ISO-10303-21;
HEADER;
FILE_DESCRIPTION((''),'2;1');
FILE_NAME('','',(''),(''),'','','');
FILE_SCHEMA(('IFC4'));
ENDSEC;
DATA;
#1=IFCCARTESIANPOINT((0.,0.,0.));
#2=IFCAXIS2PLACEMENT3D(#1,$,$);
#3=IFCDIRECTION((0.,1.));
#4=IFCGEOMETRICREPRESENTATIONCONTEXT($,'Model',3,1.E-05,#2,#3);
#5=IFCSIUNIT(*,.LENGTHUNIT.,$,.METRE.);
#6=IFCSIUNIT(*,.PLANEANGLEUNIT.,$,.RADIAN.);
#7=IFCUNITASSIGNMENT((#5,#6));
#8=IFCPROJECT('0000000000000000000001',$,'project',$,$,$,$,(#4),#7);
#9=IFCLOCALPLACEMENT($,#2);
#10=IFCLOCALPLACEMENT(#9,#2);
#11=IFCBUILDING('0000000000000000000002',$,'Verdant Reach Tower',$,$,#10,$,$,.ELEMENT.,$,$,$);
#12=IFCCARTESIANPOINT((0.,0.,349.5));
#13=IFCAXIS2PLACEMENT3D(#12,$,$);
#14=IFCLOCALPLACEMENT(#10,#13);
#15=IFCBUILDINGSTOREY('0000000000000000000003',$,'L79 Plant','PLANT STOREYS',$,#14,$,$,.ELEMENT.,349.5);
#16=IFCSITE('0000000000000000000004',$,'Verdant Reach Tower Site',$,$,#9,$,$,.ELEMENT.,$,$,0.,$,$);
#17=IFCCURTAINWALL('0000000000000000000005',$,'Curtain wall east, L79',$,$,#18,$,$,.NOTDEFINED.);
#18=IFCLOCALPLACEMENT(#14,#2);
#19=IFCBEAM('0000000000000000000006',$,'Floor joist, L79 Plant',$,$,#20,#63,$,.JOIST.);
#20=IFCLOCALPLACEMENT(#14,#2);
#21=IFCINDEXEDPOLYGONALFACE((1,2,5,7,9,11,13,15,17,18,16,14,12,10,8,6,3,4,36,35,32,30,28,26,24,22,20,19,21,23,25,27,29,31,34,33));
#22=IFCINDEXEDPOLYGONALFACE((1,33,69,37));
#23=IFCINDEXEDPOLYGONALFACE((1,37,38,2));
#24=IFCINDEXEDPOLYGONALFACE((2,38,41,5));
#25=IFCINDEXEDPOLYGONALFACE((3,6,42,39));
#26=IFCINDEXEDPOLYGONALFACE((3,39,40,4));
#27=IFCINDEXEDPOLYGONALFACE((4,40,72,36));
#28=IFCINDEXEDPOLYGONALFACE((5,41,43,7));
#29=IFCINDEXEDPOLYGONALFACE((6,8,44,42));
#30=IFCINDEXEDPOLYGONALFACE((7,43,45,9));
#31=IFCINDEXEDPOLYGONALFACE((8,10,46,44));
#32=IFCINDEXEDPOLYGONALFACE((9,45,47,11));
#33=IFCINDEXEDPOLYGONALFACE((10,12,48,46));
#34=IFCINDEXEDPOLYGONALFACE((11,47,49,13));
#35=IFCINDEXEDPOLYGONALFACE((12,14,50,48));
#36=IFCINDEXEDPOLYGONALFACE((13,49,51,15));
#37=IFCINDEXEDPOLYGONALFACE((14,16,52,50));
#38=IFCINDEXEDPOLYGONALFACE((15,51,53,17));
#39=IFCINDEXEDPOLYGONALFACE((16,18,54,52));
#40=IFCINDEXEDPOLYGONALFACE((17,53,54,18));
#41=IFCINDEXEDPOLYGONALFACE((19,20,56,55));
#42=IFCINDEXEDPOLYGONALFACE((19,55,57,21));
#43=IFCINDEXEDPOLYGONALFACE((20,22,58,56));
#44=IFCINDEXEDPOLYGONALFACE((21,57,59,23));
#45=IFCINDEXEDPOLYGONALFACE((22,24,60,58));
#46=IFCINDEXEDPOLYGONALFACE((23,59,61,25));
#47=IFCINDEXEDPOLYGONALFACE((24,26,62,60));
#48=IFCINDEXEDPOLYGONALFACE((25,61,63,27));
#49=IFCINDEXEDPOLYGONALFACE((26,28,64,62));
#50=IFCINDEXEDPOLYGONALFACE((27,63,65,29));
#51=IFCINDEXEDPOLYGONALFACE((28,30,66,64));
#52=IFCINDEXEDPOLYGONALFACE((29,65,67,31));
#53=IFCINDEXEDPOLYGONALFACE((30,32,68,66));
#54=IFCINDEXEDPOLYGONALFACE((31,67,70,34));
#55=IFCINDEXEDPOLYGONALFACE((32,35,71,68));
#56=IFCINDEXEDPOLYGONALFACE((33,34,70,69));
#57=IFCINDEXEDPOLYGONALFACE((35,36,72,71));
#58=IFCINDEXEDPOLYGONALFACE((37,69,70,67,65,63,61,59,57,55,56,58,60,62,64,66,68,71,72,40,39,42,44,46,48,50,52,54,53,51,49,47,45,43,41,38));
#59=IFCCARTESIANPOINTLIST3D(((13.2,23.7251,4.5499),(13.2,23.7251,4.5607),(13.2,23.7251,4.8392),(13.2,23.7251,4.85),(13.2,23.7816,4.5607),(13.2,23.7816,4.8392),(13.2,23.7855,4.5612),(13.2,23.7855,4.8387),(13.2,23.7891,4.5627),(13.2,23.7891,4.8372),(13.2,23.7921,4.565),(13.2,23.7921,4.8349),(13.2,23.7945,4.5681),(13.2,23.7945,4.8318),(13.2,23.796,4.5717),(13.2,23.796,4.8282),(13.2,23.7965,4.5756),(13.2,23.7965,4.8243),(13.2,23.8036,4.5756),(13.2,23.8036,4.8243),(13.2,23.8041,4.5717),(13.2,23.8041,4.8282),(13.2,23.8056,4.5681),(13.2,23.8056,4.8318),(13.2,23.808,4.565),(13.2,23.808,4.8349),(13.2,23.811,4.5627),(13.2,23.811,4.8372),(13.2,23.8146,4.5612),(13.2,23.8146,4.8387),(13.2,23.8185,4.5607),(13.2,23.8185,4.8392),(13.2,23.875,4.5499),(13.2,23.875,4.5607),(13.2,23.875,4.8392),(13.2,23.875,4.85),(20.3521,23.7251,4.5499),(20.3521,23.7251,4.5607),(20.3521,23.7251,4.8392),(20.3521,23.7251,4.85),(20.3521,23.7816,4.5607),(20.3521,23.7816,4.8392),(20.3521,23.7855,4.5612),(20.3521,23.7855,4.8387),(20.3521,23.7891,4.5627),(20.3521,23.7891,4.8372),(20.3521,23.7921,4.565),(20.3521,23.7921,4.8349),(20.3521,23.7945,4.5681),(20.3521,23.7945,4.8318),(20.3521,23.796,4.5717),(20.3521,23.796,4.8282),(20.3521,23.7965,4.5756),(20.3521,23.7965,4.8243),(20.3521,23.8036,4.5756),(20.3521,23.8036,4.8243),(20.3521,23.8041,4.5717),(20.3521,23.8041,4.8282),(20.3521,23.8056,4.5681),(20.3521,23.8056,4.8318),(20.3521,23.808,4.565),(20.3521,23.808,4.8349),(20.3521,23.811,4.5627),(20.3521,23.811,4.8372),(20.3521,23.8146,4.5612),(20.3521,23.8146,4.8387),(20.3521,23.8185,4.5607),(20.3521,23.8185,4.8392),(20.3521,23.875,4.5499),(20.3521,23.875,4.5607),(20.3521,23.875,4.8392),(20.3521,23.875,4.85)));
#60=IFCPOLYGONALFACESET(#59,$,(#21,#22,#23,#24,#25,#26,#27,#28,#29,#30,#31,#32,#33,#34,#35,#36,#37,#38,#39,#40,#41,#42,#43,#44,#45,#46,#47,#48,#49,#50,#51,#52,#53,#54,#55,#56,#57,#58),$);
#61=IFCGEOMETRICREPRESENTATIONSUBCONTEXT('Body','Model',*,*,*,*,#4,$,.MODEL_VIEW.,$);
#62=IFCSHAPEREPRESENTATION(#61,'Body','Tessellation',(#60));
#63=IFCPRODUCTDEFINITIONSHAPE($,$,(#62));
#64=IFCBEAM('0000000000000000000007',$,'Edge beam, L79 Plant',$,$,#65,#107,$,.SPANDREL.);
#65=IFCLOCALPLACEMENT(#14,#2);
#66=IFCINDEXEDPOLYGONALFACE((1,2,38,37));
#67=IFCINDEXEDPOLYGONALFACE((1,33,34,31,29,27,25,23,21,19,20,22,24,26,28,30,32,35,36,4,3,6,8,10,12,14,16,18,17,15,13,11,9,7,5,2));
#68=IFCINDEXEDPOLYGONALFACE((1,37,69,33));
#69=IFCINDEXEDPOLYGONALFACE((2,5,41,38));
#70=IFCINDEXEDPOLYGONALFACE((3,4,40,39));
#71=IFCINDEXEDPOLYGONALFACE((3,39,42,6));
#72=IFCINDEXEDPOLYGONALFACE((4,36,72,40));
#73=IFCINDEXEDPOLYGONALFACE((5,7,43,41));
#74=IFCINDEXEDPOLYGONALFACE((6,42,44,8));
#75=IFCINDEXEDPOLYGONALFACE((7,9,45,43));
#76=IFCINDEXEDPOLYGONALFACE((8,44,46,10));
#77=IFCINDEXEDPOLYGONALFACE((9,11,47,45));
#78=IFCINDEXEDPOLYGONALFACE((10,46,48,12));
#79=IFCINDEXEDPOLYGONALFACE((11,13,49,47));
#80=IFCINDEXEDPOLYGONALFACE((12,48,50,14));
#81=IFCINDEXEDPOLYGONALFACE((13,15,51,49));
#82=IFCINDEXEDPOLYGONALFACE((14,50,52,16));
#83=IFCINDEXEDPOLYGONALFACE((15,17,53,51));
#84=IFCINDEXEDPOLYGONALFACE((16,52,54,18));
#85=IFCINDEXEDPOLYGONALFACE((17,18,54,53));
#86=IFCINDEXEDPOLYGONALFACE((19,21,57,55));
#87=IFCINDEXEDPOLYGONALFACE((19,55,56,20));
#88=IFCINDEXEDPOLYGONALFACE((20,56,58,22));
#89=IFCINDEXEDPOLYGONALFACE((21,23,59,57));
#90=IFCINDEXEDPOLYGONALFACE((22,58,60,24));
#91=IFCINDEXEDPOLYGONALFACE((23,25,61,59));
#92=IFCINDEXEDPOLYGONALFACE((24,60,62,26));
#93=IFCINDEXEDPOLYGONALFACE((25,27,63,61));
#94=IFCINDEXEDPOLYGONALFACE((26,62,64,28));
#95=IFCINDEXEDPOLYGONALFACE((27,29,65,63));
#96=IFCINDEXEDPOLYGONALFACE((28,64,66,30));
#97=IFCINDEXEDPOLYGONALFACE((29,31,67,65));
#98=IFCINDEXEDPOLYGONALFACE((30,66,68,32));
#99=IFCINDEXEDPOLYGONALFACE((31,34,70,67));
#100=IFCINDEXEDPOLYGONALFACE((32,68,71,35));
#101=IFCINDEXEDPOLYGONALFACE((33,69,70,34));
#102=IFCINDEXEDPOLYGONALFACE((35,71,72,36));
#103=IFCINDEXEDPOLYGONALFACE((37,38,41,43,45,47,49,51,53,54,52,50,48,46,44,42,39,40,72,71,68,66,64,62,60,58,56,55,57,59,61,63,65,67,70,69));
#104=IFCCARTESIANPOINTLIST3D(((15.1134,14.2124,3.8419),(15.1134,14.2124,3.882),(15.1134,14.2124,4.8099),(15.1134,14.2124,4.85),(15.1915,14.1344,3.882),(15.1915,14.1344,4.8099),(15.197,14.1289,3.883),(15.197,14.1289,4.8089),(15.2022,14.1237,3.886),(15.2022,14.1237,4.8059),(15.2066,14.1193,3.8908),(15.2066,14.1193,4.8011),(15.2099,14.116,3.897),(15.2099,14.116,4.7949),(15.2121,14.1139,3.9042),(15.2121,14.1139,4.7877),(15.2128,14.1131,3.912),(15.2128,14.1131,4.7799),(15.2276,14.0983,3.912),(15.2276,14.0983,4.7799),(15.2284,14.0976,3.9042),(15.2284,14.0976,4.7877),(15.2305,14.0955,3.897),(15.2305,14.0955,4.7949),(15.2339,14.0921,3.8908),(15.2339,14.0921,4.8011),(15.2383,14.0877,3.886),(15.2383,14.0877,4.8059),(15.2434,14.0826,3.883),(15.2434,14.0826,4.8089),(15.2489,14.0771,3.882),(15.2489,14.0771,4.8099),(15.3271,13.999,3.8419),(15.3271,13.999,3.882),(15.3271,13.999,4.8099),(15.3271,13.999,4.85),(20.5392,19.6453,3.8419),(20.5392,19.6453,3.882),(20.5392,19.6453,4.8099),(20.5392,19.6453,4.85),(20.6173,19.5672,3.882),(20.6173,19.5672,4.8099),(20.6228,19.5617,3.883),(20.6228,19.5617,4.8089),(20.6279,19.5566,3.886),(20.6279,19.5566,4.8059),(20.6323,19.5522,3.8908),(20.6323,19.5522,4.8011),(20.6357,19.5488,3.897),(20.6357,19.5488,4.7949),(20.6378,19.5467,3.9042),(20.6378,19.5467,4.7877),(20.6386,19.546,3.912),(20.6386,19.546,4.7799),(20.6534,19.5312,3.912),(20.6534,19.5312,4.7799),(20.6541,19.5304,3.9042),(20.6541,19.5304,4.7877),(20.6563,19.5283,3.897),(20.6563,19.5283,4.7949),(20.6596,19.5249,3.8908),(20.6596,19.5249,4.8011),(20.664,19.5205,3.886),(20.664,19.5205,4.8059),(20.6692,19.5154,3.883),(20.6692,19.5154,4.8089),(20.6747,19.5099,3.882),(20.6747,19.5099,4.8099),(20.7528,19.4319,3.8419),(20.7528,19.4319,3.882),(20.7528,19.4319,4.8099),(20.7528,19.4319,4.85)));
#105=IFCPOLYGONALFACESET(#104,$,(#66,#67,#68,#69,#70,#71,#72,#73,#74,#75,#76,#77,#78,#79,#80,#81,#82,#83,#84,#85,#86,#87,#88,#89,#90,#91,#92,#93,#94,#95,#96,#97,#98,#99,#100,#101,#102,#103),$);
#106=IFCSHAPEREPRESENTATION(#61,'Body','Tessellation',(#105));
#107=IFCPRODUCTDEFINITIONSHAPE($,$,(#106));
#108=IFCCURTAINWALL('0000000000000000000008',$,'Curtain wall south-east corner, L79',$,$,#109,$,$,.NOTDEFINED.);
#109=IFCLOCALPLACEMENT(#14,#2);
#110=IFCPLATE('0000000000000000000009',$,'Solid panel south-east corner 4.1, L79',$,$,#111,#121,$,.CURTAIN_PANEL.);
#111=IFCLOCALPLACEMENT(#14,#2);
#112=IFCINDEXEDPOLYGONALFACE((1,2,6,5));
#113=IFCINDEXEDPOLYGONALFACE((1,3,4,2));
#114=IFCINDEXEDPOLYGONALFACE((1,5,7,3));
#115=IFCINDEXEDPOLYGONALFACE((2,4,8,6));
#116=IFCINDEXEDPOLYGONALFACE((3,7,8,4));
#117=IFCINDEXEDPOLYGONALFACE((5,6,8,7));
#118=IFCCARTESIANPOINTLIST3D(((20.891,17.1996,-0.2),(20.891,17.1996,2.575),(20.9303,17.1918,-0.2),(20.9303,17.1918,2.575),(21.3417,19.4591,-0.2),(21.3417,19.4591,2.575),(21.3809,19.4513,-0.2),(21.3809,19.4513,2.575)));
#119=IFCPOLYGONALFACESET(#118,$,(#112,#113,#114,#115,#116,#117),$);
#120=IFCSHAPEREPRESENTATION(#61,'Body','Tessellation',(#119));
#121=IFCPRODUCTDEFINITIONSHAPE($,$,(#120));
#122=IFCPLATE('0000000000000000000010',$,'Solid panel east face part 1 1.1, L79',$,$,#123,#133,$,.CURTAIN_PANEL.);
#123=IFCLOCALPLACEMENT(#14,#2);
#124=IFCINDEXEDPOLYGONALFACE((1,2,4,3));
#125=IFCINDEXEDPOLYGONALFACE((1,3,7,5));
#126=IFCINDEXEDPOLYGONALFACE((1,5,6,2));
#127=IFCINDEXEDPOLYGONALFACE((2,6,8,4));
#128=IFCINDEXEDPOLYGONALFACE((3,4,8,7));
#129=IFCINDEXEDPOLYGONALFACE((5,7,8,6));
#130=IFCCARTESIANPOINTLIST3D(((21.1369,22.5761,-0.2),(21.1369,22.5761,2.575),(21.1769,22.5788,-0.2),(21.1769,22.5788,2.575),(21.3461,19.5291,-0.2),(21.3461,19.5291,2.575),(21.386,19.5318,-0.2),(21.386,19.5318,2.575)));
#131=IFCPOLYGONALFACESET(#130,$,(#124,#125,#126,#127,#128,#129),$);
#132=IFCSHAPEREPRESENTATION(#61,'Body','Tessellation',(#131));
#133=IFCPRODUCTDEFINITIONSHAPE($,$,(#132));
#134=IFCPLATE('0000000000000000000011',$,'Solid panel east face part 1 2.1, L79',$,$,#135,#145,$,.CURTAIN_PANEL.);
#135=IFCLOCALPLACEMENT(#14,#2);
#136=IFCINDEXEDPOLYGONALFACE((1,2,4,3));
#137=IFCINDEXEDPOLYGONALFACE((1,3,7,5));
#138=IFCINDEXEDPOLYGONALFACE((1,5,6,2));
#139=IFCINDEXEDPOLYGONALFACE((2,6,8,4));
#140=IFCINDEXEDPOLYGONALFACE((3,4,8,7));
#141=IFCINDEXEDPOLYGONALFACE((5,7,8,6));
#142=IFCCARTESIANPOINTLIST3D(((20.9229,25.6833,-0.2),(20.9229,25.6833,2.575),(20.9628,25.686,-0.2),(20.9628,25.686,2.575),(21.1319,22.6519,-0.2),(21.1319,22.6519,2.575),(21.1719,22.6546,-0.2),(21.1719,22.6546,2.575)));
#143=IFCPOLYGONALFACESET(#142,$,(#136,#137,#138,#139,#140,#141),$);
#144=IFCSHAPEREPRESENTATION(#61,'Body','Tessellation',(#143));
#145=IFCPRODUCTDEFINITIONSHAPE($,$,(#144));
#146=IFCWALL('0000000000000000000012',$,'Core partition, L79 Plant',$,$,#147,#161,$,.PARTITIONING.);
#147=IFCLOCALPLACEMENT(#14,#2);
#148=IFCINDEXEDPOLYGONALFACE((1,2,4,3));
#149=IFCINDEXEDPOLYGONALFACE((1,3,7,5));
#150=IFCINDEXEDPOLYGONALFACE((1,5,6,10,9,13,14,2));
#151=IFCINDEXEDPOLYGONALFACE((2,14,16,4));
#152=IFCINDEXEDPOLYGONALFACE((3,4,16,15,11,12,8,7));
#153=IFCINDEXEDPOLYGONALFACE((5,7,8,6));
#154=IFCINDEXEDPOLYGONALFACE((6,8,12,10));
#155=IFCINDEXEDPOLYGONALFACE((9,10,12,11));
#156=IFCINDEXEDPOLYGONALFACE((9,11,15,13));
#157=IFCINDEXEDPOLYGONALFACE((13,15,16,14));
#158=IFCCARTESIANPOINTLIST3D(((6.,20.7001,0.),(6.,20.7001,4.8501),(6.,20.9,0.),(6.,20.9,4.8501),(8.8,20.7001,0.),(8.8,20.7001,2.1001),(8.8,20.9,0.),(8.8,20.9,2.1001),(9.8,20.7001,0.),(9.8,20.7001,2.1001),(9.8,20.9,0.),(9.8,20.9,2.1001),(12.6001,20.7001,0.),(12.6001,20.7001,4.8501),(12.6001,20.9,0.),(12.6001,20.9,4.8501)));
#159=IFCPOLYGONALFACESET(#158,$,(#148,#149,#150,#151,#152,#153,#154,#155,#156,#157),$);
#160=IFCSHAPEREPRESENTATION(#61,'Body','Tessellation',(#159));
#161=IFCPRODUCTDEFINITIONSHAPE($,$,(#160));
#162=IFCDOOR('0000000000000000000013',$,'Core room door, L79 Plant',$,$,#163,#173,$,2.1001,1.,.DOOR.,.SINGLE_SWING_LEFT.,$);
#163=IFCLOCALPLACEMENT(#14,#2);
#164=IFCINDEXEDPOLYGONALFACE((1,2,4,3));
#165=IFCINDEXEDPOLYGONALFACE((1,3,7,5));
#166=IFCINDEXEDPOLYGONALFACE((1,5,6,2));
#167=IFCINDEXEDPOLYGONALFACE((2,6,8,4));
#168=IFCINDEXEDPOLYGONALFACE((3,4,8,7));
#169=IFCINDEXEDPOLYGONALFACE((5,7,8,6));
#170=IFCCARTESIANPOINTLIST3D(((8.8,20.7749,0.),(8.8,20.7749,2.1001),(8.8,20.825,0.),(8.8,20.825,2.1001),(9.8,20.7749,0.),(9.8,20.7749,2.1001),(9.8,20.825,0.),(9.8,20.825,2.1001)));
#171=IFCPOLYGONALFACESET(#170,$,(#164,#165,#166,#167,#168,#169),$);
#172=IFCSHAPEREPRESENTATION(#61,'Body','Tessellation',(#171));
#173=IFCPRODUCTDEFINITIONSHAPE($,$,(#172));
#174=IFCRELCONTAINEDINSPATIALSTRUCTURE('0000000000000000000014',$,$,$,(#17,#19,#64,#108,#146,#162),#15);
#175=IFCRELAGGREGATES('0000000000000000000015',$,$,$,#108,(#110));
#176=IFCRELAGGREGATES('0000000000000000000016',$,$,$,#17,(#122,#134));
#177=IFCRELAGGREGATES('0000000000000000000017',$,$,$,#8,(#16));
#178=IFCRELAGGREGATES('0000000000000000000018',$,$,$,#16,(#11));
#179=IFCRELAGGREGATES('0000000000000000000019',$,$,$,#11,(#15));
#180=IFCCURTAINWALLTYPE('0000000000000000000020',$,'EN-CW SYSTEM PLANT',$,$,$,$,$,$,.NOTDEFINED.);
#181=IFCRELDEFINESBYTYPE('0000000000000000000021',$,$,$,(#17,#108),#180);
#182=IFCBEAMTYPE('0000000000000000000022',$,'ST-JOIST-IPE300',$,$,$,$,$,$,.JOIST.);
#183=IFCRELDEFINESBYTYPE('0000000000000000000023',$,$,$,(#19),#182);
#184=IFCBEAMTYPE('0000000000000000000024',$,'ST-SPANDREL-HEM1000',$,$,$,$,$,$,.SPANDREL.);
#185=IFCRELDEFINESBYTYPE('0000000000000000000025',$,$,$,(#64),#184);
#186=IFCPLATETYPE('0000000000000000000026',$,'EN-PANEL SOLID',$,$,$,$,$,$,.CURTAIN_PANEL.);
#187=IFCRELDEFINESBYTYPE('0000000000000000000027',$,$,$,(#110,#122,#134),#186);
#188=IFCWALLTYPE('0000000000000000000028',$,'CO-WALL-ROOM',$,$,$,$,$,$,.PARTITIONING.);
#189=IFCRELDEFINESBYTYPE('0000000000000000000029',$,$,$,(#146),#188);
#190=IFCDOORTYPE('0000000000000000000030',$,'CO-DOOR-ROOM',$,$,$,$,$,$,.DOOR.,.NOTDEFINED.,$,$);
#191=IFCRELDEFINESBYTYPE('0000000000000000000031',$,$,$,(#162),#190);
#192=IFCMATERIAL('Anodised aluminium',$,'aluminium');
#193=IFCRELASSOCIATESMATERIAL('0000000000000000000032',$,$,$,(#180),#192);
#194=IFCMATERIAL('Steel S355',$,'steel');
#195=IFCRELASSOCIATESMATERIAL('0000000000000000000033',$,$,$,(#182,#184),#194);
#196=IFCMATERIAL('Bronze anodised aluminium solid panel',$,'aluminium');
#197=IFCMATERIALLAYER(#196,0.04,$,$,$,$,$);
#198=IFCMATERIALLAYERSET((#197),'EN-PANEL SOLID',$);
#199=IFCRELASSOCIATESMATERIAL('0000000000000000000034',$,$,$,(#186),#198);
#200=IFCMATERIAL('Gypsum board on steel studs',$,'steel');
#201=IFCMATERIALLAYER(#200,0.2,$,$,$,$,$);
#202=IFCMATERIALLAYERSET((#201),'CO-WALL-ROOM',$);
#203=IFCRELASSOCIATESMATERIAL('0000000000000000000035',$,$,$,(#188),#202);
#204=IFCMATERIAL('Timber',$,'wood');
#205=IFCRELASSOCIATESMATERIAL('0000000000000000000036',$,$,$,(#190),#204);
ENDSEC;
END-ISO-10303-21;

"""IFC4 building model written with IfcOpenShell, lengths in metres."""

from ifc_helpers import new_model, si_unit, direction, frame, frame_2d, origin, origin_2d, place, context, subcontext, project, spatial, rectangle, i_section, extrude, material, layer, layer_set, material_profile, profile_set, type_object, element, fill, aggregate, save


model = new_model("IFC4")

# Units and contexts
model_context = context("Model", 3, precision=1e-05, world=origin(), true_north=direction((0.0, 1.0)))
body_context = subcontext(model_context, "Body", "Model", "MODEL_VIEW")
ifc_project = project(units=[si_unit("LENGTHUNIT", "METRE"), si_unit("PLANEANGLEUNIT", "RADIAN")], contexts=[model_context])

# Site, building, storey
site_placement = place(None, origin())
site = spatial("IfcSite", under=ifc_project, at=site_placement, Name="Verdant Reach Tower Site", CompositionType="ELEMENT", RefElevation=0.0)
building_placement = place(site_placement, origin())
building = spatial("IfcBuilding", under=site, at=building_placement, Name="Verdant Reach Tower", CompositionType="ELEMENT")
storey_placement = place(building_placement, frame((0.0, 0.0, 349.5)))
storey = spatial("IfcBuildingStorey", under=building, at=storey_placement, Name="L79 Plant", Description="PLANT STOREYS", CompositionType="ELEMENT", Elevation=349.5)

# Curtain wall
ifc_material_1 = material(Name="Anodised aluminium", Category="aluminium")
curtain_wall_type = type_object("IfcCurtainWallType", Name="EN-CW SYSTEM PLANT", PredefinedType="NOTDEFINED", material=ifc_material_1)
curtain_wall_1_placement = place(storey_placement, origin())
curtain_wall_1 = element("IfcCurtainWall", 1, at=curtain_wall_1_placement, inside=storey, type_object=curtain_wall_type, Name="Curtain wall east, L79", PredefinedType="NOTDEFINED")

# Beams
ifc_material_2 = material(Name="Steel S355", Category="steel")
ifc_material_profile_1 = material_profile(ifc_material_2, i_section(OverallWidth=0.1499, OverallDepth=0.3, WebThickness=0.0071, FlangeThickness=0.0107, FilletRadius=0.0149, at=origin_2d()), Name="IPE 300")
ifc_profile_set_1 = profile_set([ifc_material_profile_1], Name="Steel S355")
beam_type_1 = type_object("IfcBeamType", Name="ST-JOIST-IPE300", PredefinedType="JOIST", material=ifc_profile_set_1)
beam_1_placement = place(storey_placement, frame((13.2, 23.8, 4.7), z_axis=(1.0, 0.0, 0.0), x_axis=(0.0, 1.0, 0.0)))
element("IfcBeam", 2, at=beam_1_placement, inside=storey, type_object=beam_type_1, Name="Floor joist, L79 Plant", PredefinedType="JOIST", context=body_context, shape_type="SweptSolid", body=[
    extrude(i_section(OverallWidth=0.1499, OverallDepth=0.3, WebThickness=0.0071, FlangeThickness=0.0107, FilletRadius=0.0149, at=origin_2d()), origin(), (0.0, 0.0, 1.0), 7.1521),
])
ifc_material_profile_2 = material_profile(ifc_material_2, i_section(OverallWidth=0.302, OverallDepth=1.0081, WebThickness=0.021, FlangeThickness=0.04, FilletRadius=0.03, at=origin_2d()), Name="HEM 1000")
ifc_profile_set_2 = profile_set([ifc_material_profile_2], Name="Steel S355")
beam_type_2 = type_object("IfcBeamType", Name="ST-SPANDREL-HEM1000", PredefinedType="SPANDREL", material=ifc_profile_set_2)
beam_2_placement = place(storey_placement, frame((20.646, 19.5386, 4.3459), z_axis=(-0.706646, -0.707568, 0.0), x_axis=(0.707568, -0.706646, 0.0)))
element("IfcBeam", 3, at=beam_2_placement, inside=storey, type_object=beam_type_2, Name="Edge beam, L79 Plant", PredefinedType="SPANDREL", context=body_context, shape_type="SweptSolid", body=[
    extrude(i_section(OverallWidth=0.302, OverallDepth=1.0081, WebThickness=0.021, FlangeThickness=0.04, FilletRadius=0.03, at=origin_2d()), origin(), (0.0, 0.0, 1.0), 7.6782),
])

# Curtain wall, plate
curtain_wall_2_placement = place(storey_placement, origin())
curtain_wall_2 = element("IfcCurtainWall", 4, at=curtain_wall_2_placement, inside=storey, type_object=curtain_wall_type, Name="Curtain wall south-east corner, L79", PredefinedType="NOTDEFINED")
ifc_material_3 = material(Name="Bronze anodised aluminium solid panel", Category="aluminium")
ifc_layer_1 = layer(ifc_material_3, 0.04)
ifc_layer_set_1 = layer_set([ifc_layer_1], Name="EN-PANEL SOLID")
plate_type = type_object("IfcPlateType", Name="EN-PANEL SOLID", PredefinedType="CURTAIN_PANEL", material=ifc_layer_set_1)
plate_1_placement = place(storey_placement, frame((21.136, 18.3254, -0.2), z_axis=(0.0, 0.0, 1.0), x_axis=(0.195593, 0.980685, 0.0)))
plate_1 = element("IfcPlate", 5, at=plate_1_placement, type_object=plate_type, Name="Solid panel south-east corner 4.1, L79", PredefinedType="CURTAIN_PANEL", context=body_context, shape_type="SweptSolid", body=[
    extrude(rectangle(XDim=2.304, YDim=0.04, at=origin_2d()), origin(), (0.0, 0.0, 1.0), 2.7749),
])

# Plates
plate_2_placement = place(storey_placement, frame((21.2615, 21.054, -0.2), z_axis=(0.0, 0.0, 1.0), x_axis=(-0.068469, 0.997653, 0.0)))
plate_2 = element("IfcPlate", 6, at=plate_2_placement, type_object=plate_type, Name="Solid panel east face part 1 1.1, L79", PredefinedType="CURTAIN_PANEL", context=body_context, shape_type="SweptSolid", body=[
    extrude(rectangle(XDim=3.0542, YDim=0.04, at=origin_2d()), origin(), (0.0, 0.0, 1.0), 2.7749),
])
plate_3_placement = place(storey_placement, frame((21.0474, 24.1689, -0.2), z_axis=(0.0, 0.0, 1.0), x_axis=(-0.068802, 0.99763, 0.0)))
plate_3 = element("IfcPlate", 7, at=plate_3_placement, type_object=plate_type, Name="Solid panel east face part 1 2.1, L79", PredefinedType="CURTAIN_PANEL", context=body_context, shape_type="SweptSolid", body=[
    extrude(rectangle(XDim=3.0386, YDim=0.04, at=origin_2d()), origin(), (0.0, 0.0, 1.0), 2.7749),
])

# Wall, opening, door
ifc_material_4 = material(Name="Gypsum board on steel studs", Category="steel")
ifc_layer_2 = layer(ifc_material_4, 0.2)
ifc_layer_set_2 = layer_set([ifc_layer_2], Name="CO-WALL-ROOM")
wall_type_1 = type_object("IfcWallType", Name="CO-WALL-ROOM", PredefinedType="PARTITIONING", material=ifc_layer_set_2)
wall_1_placement = place(storey_placement, frame((6.0, 20.8, 0.0), z_axis=(0.0, 0.0, 1.0), x_axis=(1.0, 0.0, 0.0)))
wall_1 = element("IfcWall", 8, at=wall_1_placement, inside=storey, type_object=wall_type_1, Name="Core partition, L79 Plant", PredefinedType="PARTITIONING", context=body_context, shape_type="SweptSolid", body=[
    extrude(rectangle(XDim=6.6001, YDim=0.2, at=frame_2d((3.3, 0.0))), origin(), (0.0, 0.0, 1.0), 4.8501),
])
opening_1_placement = place(wall_1_placement, frame((2.8, 0.0, 0.0)))
opening_1 = element("IfcOpeningElement", 9, at=opening_1_placement, cuts=wall_1, PredefinedType="OPENING", context=body_context, shape_type="SweptSolid", body=[
    extrude(rectangle(XDim=1.0, YDim=2.1001, at=frame_2d((0.5, 1.05))), frame((0.0, 0.1099, 0.0), z_axis=(0.0, -1.0, 0.0), x_axis=(1.0, 0.0, 0.0)), (0.0, 0.0, 1.0), 0.22),
])
ifc_material_5 = material(Name="Timber", Category="wood")
door_type_1 = type_object("IfcDoorType", Name="CO-DOOR-ROOM", OperationType="NOTDEFINED", PredefinedType="DOOR", material=ifc_material_5)
door_1_placement = place(opening_1_placement, origin())
door_1 = element("IfcDoor", 10, at=door_1_placement, inside=storey, type_object=door_type_1, Name="Core room door, L79 Plant", OperationType="SINGLE_SWING_LEFT", OverallHeight=2.1001, OverallWidth=1.0, PredefinedType="DOOR", context=body_context, shape_type="SweptSolid", body=[
    extrude(rectangle(XDim=1.0, YDim=2.1001, at=frame_2d((0.5, 1.05))), frame((0.0, 0.0249, 0.0), z_axis=(0.0, -1.0, 0.0), x_axis=(1.0, 0.0, 0.0)), (0.0, 0.0, 1.0), 0.05),
])
fill(opening_1, door_1)

aggregate(curtain_wall_2, [plate_1])
aggregate(curtain_wall_1, [plate_2, plate_3])

save(model, "model.ifc")
